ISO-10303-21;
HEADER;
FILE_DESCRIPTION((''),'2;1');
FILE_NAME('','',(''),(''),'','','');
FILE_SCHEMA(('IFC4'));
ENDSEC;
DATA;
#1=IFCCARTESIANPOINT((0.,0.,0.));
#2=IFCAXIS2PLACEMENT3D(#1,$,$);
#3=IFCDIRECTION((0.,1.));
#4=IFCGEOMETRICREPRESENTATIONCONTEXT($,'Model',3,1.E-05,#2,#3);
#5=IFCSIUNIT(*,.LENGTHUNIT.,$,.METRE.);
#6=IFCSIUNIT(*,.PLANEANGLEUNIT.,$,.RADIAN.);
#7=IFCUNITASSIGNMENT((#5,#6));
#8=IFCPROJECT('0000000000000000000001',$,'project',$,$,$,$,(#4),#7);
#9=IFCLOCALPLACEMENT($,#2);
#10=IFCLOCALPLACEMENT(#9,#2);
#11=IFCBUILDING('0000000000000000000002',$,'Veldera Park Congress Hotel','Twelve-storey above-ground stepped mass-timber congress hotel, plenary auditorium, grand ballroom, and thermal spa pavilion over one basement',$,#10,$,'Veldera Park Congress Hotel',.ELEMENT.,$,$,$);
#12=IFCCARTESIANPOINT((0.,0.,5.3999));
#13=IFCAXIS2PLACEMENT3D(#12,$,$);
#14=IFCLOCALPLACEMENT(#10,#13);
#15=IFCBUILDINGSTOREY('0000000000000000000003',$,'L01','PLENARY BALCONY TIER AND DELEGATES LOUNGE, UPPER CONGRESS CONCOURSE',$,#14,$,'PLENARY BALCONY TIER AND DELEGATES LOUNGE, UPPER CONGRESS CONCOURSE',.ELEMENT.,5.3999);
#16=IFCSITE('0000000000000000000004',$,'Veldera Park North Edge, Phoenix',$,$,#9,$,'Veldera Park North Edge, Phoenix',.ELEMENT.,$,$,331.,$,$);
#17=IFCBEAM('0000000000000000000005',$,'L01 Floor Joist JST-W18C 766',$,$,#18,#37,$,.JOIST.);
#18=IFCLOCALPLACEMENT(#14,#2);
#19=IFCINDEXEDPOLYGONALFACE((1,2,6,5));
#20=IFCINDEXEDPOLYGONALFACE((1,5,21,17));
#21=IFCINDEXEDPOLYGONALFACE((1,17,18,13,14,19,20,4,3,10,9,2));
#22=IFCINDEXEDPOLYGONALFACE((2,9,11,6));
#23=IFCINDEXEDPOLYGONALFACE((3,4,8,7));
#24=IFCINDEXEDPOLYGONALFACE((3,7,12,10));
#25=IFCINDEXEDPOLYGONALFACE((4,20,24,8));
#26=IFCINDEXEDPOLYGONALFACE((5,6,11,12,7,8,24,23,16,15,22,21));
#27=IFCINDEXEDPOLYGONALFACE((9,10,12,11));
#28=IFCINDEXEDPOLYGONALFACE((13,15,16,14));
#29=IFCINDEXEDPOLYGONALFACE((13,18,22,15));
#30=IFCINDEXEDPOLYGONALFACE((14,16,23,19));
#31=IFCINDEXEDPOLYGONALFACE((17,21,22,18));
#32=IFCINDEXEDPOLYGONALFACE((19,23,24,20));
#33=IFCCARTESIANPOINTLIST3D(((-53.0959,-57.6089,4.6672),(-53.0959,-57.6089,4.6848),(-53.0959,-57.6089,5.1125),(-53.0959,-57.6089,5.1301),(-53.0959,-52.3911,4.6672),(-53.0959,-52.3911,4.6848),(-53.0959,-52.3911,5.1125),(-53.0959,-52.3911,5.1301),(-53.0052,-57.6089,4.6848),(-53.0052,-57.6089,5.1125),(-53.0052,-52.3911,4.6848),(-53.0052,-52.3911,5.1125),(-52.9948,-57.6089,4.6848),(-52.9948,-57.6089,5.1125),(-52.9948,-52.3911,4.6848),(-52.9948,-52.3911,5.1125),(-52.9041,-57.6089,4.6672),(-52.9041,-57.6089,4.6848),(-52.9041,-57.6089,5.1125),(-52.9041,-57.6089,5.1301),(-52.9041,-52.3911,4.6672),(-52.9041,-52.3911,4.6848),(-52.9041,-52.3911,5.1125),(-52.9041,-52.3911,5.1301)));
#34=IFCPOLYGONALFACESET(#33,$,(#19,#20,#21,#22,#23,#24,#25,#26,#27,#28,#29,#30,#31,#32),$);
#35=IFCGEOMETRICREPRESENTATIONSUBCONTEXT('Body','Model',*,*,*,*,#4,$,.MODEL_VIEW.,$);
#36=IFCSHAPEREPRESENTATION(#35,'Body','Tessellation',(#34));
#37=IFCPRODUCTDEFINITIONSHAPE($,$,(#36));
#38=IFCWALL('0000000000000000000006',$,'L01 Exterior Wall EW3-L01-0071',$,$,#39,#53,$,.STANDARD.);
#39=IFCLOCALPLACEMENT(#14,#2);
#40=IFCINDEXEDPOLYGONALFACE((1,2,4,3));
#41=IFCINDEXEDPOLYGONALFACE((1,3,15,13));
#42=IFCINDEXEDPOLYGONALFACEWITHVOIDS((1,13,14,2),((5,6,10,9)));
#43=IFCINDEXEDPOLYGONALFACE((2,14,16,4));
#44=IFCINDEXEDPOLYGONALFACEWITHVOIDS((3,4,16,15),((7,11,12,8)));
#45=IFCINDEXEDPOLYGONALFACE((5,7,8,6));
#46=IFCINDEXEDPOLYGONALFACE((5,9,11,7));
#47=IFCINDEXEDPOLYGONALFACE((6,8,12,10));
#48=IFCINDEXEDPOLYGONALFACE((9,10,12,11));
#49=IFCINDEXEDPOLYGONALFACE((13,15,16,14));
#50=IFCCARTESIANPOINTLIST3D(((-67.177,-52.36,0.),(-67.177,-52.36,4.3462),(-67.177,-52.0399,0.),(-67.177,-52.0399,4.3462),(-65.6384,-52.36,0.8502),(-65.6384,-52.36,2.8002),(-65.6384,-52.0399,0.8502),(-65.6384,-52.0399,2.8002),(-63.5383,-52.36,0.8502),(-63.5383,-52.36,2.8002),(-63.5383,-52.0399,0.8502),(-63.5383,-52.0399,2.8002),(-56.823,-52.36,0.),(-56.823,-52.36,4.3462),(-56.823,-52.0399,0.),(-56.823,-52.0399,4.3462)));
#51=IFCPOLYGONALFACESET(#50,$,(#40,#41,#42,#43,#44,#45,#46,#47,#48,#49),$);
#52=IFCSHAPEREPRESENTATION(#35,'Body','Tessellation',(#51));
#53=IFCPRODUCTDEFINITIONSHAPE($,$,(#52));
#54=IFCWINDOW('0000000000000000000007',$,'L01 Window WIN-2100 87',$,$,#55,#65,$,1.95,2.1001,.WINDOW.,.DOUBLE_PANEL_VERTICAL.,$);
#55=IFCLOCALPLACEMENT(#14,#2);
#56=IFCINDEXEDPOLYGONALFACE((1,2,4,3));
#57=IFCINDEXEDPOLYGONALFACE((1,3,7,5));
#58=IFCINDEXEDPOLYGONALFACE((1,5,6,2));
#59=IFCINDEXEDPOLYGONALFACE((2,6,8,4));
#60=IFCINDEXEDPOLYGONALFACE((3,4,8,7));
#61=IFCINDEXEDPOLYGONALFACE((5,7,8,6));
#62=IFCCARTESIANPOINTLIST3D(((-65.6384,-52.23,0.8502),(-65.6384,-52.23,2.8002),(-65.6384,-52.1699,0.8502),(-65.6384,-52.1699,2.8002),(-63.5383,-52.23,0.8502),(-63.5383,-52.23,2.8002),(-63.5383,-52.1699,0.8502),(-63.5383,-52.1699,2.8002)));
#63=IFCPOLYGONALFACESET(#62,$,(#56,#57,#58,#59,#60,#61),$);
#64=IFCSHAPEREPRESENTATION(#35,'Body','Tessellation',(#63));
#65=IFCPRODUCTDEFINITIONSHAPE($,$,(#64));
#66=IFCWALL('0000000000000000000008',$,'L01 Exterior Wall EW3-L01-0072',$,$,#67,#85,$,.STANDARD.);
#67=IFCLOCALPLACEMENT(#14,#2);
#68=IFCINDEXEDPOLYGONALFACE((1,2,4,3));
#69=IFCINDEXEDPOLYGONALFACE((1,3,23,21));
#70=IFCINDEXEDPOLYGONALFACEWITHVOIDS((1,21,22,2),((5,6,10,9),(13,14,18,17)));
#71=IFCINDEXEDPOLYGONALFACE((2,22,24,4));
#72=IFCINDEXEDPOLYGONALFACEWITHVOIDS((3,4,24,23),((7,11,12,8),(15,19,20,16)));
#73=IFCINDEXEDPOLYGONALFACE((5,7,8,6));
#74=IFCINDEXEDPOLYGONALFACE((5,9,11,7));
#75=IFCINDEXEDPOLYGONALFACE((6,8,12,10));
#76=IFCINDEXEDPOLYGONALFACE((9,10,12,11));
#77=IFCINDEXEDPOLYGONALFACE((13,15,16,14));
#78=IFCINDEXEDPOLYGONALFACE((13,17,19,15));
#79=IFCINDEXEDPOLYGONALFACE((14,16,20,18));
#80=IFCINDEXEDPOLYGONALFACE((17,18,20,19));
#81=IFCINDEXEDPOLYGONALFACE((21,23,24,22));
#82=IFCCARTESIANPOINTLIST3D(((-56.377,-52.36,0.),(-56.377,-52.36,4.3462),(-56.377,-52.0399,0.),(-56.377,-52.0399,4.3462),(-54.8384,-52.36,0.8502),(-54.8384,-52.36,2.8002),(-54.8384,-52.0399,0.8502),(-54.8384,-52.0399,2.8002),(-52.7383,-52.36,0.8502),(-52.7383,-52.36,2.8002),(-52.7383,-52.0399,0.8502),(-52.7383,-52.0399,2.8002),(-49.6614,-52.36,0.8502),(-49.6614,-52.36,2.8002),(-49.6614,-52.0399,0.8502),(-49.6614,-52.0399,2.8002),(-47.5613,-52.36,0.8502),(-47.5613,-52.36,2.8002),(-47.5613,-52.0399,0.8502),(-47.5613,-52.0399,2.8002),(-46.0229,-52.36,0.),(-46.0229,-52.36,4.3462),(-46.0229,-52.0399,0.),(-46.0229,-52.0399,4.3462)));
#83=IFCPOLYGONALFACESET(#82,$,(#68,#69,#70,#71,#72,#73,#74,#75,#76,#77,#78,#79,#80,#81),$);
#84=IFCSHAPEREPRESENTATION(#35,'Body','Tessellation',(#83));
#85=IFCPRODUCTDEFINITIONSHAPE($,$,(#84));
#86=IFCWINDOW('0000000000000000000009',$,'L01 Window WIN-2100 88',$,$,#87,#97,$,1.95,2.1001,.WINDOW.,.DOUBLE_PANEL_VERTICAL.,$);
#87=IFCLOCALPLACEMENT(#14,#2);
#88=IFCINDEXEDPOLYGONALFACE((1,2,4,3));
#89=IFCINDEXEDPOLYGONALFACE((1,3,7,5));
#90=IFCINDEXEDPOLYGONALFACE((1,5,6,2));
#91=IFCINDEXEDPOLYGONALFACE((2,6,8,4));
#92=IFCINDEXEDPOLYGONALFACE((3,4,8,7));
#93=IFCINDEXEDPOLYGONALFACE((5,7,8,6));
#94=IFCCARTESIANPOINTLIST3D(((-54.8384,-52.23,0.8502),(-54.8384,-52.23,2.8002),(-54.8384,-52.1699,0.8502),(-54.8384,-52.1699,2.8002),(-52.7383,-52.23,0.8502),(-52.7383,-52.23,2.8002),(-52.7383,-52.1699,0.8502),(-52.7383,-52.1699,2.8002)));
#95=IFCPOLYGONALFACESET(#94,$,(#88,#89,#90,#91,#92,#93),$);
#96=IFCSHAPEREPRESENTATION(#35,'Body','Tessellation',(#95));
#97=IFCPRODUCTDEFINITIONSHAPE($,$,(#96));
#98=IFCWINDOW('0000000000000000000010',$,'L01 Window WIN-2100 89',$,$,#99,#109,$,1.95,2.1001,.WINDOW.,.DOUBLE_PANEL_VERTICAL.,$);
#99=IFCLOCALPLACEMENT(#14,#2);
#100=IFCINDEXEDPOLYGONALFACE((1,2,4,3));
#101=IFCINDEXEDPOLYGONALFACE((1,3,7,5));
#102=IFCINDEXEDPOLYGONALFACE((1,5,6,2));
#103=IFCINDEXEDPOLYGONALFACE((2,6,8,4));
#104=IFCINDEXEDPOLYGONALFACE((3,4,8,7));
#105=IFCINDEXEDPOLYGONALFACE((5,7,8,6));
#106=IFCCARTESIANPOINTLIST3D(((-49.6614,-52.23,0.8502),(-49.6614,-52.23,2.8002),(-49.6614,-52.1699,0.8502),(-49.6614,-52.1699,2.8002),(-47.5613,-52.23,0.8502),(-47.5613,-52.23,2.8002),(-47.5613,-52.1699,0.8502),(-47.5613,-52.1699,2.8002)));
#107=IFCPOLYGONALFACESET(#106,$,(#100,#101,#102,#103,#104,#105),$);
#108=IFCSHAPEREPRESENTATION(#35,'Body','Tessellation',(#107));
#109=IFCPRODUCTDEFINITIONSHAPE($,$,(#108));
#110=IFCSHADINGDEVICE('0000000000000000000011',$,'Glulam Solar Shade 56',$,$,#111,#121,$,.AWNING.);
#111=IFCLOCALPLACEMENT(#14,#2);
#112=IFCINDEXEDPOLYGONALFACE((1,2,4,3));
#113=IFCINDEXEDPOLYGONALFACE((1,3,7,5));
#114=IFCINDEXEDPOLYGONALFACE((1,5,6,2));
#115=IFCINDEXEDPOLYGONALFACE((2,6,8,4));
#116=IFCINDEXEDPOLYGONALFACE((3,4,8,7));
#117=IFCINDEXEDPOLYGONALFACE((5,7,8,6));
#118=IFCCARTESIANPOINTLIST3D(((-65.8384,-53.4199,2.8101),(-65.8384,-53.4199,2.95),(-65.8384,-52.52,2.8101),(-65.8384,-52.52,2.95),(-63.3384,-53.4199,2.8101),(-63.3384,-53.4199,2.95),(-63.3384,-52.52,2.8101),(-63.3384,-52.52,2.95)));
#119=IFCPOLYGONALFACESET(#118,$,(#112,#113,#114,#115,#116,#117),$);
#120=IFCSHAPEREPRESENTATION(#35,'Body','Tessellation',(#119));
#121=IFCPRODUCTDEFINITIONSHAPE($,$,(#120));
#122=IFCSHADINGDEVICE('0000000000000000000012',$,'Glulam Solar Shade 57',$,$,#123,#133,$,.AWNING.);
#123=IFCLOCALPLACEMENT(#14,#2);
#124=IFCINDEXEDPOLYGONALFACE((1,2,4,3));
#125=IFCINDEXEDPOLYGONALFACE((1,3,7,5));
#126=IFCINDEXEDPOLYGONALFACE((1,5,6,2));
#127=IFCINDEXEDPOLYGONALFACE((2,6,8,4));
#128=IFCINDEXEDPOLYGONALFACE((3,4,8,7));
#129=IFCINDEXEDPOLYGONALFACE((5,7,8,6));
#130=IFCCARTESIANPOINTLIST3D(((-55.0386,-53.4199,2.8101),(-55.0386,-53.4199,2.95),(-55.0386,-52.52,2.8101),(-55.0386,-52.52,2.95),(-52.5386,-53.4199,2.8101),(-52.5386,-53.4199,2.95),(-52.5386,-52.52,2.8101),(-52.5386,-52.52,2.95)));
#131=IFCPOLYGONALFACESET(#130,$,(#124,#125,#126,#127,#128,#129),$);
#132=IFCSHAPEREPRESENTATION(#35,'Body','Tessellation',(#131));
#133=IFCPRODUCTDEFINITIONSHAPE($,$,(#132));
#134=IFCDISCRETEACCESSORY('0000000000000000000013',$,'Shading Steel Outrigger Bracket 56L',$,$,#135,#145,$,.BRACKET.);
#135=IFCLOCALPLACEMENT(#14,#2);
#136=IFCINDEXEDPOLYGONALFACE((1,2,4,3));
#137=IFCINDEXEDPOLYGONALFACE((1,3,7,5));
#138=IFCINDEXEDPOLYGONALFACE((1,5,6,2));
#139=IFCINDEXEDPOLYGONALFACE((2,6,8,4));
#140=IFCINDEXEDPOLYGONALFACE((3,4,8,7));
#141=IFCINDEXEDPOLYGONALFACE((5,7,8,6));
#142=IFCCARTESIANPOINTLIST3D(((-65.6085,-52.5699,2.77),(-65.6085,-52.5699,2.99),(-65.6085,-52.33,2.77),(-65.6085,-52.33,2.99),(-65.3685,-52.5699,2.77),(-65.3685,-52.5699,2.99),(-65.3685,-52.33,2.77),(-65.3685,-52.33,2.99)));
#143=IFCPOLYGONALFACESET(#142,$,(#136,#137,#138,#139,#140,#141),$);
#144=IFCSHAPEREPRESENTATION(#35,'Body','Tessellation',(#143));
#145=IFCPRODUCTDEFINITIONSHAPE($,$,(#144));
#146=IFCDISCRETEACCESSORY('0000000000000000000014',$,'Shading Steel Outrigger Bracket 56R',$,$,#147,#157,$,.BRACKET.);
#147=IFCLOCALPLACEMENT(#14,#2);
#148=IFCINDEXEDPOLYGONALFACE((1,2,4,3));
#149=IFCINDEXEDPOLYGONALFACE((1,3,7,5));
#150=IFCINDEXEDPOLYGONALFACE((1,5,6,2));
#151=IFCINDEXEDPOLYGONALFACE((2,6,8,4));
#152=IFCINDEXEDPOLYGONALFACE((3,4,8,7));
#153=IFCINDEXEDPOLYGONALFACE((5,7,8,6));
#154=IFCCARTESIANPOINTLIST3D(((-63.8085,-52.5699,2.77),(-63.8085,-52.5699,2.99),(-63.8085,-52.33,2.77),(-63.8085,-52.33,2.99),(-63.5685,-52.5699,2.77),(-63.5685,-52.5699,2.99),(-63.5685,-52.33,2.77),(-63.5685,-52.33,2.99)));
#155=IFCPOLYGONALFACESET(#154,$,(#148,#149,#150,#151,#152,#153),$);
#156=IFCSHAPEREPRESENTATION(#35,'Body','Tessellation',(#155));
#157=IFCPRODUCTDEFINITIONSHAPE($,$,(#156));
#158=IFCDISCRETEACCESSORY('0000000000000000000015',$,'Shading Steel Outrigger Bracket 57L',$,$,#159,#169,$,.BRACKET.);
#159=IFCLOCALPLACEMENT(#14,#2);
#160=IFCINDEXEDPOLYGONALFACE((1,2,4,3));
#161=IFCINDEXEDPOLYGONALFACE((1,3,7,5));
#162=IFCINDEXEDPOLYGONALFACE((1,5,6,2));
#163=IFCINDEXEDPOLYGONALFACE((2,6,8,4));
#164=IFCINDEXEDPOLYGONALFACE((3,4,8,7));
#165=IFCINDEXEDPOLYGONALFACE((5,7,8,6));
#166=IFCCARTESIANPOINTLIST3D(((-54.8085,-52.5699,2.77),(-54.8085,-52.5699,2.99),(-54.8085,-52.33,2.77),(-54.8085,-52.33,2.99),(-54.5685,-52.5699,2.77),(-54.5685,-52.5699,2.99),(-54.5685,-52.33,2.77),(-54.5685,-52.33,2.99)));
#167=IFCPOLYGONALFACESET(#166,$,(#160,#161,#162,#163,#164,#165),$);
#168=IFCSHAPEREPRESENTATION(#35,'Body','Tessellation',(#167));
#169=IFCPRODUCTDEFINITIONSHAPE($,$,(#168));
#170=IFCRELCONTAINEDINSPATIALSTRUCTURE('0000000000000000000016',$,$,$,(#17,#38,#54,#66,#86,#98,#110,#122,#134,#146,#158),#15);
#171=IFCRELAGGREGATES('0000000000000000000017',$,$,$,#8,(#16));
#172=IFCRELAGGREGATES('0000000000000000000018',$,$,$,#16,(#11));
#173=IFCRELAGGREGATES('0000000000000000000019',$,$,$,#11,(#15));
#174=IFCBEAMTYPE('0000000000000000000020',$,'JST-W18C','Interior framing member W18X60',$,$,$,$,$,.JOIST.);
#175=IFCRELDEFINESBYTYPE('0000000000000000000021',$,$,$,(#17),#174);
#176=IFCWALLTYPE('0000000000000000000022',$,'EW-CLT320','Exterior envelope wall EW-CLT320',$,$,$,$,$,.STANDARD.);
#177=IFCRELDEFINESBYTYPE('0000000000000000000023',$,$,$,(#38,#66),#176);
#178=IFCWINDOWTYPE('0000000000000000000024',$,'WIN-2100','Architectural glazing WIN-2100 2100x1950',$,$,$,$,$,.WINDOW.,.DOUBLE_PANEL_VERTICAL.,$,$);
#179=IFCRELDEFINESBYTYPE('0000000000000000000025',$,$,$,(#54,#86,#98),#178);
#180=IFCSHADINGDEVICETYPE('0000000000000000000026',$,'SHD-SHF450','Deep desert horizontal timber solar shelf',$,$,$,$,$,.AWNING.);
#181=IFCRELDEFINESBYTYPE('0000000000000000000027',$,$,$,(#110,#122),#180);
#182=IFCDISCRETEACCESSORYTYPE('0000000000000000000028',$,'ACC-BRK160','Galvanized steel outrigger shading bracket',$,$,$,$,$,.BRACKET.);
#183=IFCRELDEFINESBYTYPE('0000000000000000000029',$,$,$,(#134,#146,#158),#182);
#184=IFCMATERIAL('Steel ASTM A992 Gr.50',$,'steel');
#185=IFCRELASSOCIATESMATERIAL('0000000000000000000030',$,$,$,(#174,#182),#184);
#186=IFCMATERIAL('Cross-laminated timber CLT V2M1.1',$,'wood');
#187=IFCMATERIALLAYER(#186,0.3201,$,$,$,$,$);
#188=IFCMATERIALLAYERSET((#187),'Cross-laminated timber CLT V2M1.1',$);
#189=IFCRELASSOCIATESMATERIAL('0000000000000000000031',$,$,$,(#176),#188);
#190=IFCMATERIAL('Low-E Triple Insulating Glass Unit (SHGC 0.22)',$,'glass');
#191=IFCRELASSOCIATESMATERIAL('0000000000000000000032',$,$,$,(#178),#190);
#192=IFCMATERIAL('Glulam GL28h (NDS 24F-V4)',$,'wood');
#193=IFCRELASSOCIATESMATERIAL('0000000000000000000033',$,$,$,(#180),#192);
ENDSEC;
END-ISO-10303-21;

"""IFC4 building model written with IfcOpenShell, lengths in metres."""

from ifc_helpers import new_model, si_unit, direction, frame, frame_2d, origin, origin_2d, place, context, subcontext, project, spatial, rectangle, i_section, extrude, material, layer, layer_set, material_profile, profile_set, type_object, element, fill, save


model = new_model("IFC4")

# Units and contexts
model_context = context("Model", 3, precision=1e-05, world=origin(), true_north=direction((0.0, 1.0)))
body_context = subcontext(model_context, "Body", "Model", "MODEL_VIEW")
ifc_project = project(units=[si_unit("LENGTHUNIT", "METRE"), si_unit("PLANEANGLEUNIT", "RADIAN")], contexts=[model_context])

# Site, building, storey
site_placement = place(None, origin())
site = spatial("IfcSite", under=ifc_project, at=site_placement, Name="Veldera Park North Edge, Phoenix", LongName="Veldera Park North Edge, Phoenix", CompositionType="ELEMENT", RefElevation=331.0)
building_placement = place(site_placement, origin())
building = spatial("IfcBuilding", under=site, at=building_placement, Name="Veldera Park Congress Hotel", Description="Twelve-storey above-ground stepped mass-timber congress hotel, plenary auditorium, grand ballroom, and thermal spa pavilion over one basement", LongName="Veldera Park Congress Hotel", CompositionType="ELEMENT")
storey_placement = place(building_placement, frame((0.0, 0.0, 5.3999)))
storey = spatial("IfcBuildingStorey", under=building, at=storey_placement, Name="L01", Description="PLENARY BALCONY TIER AND DELEGATES LOUNGE, UPPER CONGRESS CONCOURSE", LongName="PLENARY BALCONY TIER AND DELEGATES LOUNGE, UPPER CONGRESS CONCOURSE", CompositionType="ELEMENT", Elevation=5.3999)

# Shared definitions
ifc_material_1 = material(Name="Glulam GL28h (NDS 24F-V4)", Category="wood")

# Beam
ifc_material_2 = material(Name="Steel ASTM A992 Gr.50", Category="steel")
ifc_material_profile_1 = material_profile(ifc_material_2, i_section(OverallWidth=0.1919, OverallDepth=0.4629, WebThickness=0.0105, FlangeThickness=0.0176, at=origin_2d()), Name="W18X60")
ifc_profile_set_1 = profile_set([ifc_material_profile_1], Name="Steel ASTM A992 Gr.50")
beam_type_1 = type_object("IfcBeamType", Name="JST-W18C", Description="Interior framing member W18X60", PredefinedType="JOIST", material=ifc_profile_set_1)
for number, where, z_axis, x_axis, name in (
    (1, (-53.0, -57.6089, 4.8987), (0.0, 1.0, 0.0), (-1.0, 0.0, 0.0), "L01 Floor Joist JST-W18C 766"),
):
    element("IfcBeam", number, at=place(storey_placement, frame(where, z_axis=z_axis, x_axis=x_axis)), inside=storey, type_object=beam_type_1, Name=name, PredefinedType="JOIST", context=body_context, shape_type="SweptSolid", body=[
        extrude(i_section(OverallWidth=0.1919, OverallDepth=0.4629, WebThickness=0.0105, FlangeThickness=0.0176, at=origin_2d()), origin(), (0.0, 0.0, 1.0), 5.2178),
    ])

# Wall, opening, window
ifc_material_3 = material(Name="Cross-laminated timber CLT V2M1.1", Category="wood")
ifc_layer = layer(ifc_material_3, 0.3201)
ifc_layer_set = layer_set([ifc_layer], Name="Cross-laminated timber CLT V2M1.1")
wall_type = type_object("IfcWallType", Name="EW-CLT320", Description="Exterior envelope wall EW-CLT320", PredefinedType="STANDARD", material=ifc_layer_set)
wall_1_placement = place(storey_placement, frame((-67.177, -52.2, 0.0), z_axis=(0.0, 0.0, 1.0), x_axis=(1.0, 0.0, 0.0)))
wall_1 = element("IfcWall", 2, at=wall_1_placement, inside=storey, type_object=wall_type, Name="L01 Exterior Wall EW3-L01-0071", PredefinedType="STANDARD", context=body_context, shape_type="SweptSolid", body=[
    extrude(rectangle(XDim=10.354, YDim=0.3201, at=frame_2d((5.177, 0.0))), origin(), (0.0, 0.0, 1.0), 4.3462),
])
opening_1_placement = place(wall_1_placement, frame((1.5386, 0.0, 0.8501)))
opening_1 = element("IfcOpeningElement", 3, at=opening_1_placement, cuts=wall_1, PredefinedType="OPENING", context=body_context, shape_type="SweptSolid", body=[
    extrude(rectangle(XDim=2.1001, YDim=1.95, at=frame_2d((1.05, 0.9751))), frame((0.0, 0.1721, 0.0), z_axis=(0.0, -1.0, 0.0), x_axis=(1.0, 0.0, 0.0)), (0.0, 0.0, 1.0), 0.344),
])
ifc_material_4 = material(Name="Low-E Triple Insulating Glass Unit (SHGC 0.22)", Category="glass")
window_type = type_object("IfcWindowType", Name="WIN-2100", Description="Architectural glazing WIN-2100 2100x1950", PartitioningType="DOUBLE_PANEL_VERTICAL", PredefinedType="WINDOW", material=ifc_material_4)
window_1_placement = place(opening_1_placement, origin())
window_1 = element("IfcWindow", 4, at=window_1_placement, inside=storey, type_object=window_type, Name="L01 Window WIN-2100 87", OverallHeight=1.95, OverallWidth=2.1001, PartitioningType="DOUBLE_PANEL_VERTICAL", PredefinedType="WINDOW", context=body_context, shape_type="SweptSolid", body=[
    extrude(rectangle(XDim=2.1001, YDim=1.95, at=frame_2d((1.05, 0.9751))), frame((0.0, 0.03, 0.0), z_axis=(0.0, -1.0, 0.0), x_axis=(1.0, 0.0, 0.0)), (0.0, 0.0, 1.0), 0.0601),
])
fill(opening_1, window_1)

# Wall, openings, windows
wall_2_placement = place(storey_placement, frame((-56.377, -52.2, 0.0), z_axis=(0.0, 0.0, 1.0), x_axis=(1.0, 0.0, 0.0)))
wall_2 = element("IfcWall", 5, at=wall_2_placement, inside=storey, type_object=wall_type, Name="L01 Exterior Wall EW3-L01-0072", PredefinedType="STANDARD", context=body_context, shape_type="SweptSolid", body=[
    extrude(rectangle(XDim=10.354, YDim=0.3201, at=frame_2d((5.177, 0.0))), origin(), (0.0, 0.0, 1.0), 4.3462),
])
opening_2_placement = place(wall_2_placement, frame((1.5386, 0.0, 0.8501)))
opening_2 = element("IfcOpeningElement", 6, at=opening_2_placement, cuts=wall_2, PredefinedType="OPENING", context=body_context, shape_type="SweptSolid", body=[
    extrude(rectangle(XDim=2.1001, YDim=1.95, at=frame_2d((1.05, 0.9751))), frame((0.0, 0.1721, 0.0), z_axis=(0.0, -1.0, 0.0), x_axis=(1.0, 0.0, 0.0)), (0.0, 0.0, 1.0), 0.344),
])
opening_3_placement = place(wall_2_placement, frame((6.7156, 0.0, 0.8501)))
opening_3 = element("IfcOpeningElement", 7, at=opening_3_placement, cuts=wall_2, PredefinedType="OPENING", context=body_context, shape_type="SweptSolid", body=[
    extrude(rectangle(XDim=2.1001, YDim=1.95, at=frame_2d((1.05, 0.9751))), frame((0.0, 0.1721, 0.0), z_axis=(0.0, -1.0, 0.0), x_axis=(1.0, 0.0, 0.0)), (0.0, 0.0, 1.0), 0.344),
])
window_2_placement = place(opening_2_placement, origin())
window_2 = element("IfcWindow", 8, at=window_2_placement, inside=storey, type_object=window_type, Name="L01 Window WIN-2100 88", OverallHeight=1.95, OverallWidth=2.1001, PartitioningType="DOUBLE_PANEL_VERTICAL", PredefinedType="WINDOW", context=body_context, shape_type="SweptSolid", body=[
    extrude(rectangle(XDim=2.1001, YDim=1.95, at=frame_2d((1.05, 0.9751))), frame((0.0, 0.03, 0.0), z_axis=(0.0, -1.0, 0.0), x_axis=(1.0, 0.0, 0.0)), (0.0, 0.0, 1.0), 0.0601),
])
fill(opening_2, window_2)
window_3_placement = place(opening_3_placement, origin())
window_3 = element("IfcWindow", 9, at=window_3_placement, inside=storey, type_object=window_type, Name="L01 Window WIN-2100 89", OverallHeight=1.95, OverallWidth=2.1001, PartitioningType="DOUBLE_PANEL_VERTICAL", PredefinedType="WINDOW", context=body_context, shape_type="SweptSolid", body=[
    extrude(rectangle(XDim=2.1001, YDim=1.95, at=frame_2d((1.05, 0.9751))), frame((0.0, 0.03, 0.0), z_axis=(0.0, -1.0, 0.0), x_axis=(1.0, 0.0, 0.0)), (0.0, 0.0, 1.0), 0.0601),
])
fill(opening_3, window_3)

# Shading devices
shading_device_type = type_object("IfcShadingDeviceType", Name="SHD-SHF450", Description="Deep desert horizontal timber solar shelf", PredefinedType="AWNING", material=ifc_material_1)
for number, where, z_axis, x_axis, name in (
    (10, (-64.5884, -52.97, 2.8101), (0.0, 0.0, 1.0), (1.0, 0.0, 0.0), "Glulam Solar Shade 56"),
    (11, (-53.7886, -52.97, 2.8101), (0.0, 0.0, 1.0), (1.0, 0.0, 0.0), "Glulam Solar Shade 57"),
):
    element("IfcShadingDevice", number, at=place(storey_placement, frame(where, z_axis=z_axis, x_axis=x_axis)), inside=storey, type_object=shading_device_type, Name=name, PredefinedType="AWNING", context=body_context, shape_type="SweptSolid", body=[
        extrude(rectangle(XDim=2.5, YDim=0.8999, at=origin_2d()), origin(), (0.0, 0.0, 1.0), 0.1399),
    ])

# Discrete accessories
discrete_accessory_type = type_object("IfcDiscreteAccessoryType", Name="ACC-BRK160", Description="Galvanized steel outrigger shading bracket", PredefinedType="BRACKET", material=ifc_material_2)
for number, where, z_axis, x_axis, name in (
    (12, (-65.4885, -52.45, 2.77), (0.0, 0.0, 1.0), (1.0, 0.0, 0.0), "Shading Steel Outrigger Bracket 56L"),
    (13, (-63.6885, -52.45, 2.77), (0.0, 0.0, 1.0), (1.0, 0.0, 0.0), "Shading Steel Outrigger Bracket 56R"),
    (14, (-54.6885, -52.45, 2.77), (0.0, 0.0, 1.0), (1.0, 0.0, 0.0), "Shading Steel Outrigger Bracket 57L"),
):
    element("IfcDiscreteAccessory", number, at=place(storey_placement, frame(where, z_axis=z_axis, x_axis=x_axis)), inside=storey, type_object=discrete_accessory_type, Name=name, PredefinedType="BRACKET", context=body_context, shape_type="SweptSolid", body=[
        extrude(rectangle(XDim=0.24, YDim=0.24, at=origin_2d()), origin(), (0.0, 0.0, 1.0), 0.22),
    ])

save(model, "model.ifc")
